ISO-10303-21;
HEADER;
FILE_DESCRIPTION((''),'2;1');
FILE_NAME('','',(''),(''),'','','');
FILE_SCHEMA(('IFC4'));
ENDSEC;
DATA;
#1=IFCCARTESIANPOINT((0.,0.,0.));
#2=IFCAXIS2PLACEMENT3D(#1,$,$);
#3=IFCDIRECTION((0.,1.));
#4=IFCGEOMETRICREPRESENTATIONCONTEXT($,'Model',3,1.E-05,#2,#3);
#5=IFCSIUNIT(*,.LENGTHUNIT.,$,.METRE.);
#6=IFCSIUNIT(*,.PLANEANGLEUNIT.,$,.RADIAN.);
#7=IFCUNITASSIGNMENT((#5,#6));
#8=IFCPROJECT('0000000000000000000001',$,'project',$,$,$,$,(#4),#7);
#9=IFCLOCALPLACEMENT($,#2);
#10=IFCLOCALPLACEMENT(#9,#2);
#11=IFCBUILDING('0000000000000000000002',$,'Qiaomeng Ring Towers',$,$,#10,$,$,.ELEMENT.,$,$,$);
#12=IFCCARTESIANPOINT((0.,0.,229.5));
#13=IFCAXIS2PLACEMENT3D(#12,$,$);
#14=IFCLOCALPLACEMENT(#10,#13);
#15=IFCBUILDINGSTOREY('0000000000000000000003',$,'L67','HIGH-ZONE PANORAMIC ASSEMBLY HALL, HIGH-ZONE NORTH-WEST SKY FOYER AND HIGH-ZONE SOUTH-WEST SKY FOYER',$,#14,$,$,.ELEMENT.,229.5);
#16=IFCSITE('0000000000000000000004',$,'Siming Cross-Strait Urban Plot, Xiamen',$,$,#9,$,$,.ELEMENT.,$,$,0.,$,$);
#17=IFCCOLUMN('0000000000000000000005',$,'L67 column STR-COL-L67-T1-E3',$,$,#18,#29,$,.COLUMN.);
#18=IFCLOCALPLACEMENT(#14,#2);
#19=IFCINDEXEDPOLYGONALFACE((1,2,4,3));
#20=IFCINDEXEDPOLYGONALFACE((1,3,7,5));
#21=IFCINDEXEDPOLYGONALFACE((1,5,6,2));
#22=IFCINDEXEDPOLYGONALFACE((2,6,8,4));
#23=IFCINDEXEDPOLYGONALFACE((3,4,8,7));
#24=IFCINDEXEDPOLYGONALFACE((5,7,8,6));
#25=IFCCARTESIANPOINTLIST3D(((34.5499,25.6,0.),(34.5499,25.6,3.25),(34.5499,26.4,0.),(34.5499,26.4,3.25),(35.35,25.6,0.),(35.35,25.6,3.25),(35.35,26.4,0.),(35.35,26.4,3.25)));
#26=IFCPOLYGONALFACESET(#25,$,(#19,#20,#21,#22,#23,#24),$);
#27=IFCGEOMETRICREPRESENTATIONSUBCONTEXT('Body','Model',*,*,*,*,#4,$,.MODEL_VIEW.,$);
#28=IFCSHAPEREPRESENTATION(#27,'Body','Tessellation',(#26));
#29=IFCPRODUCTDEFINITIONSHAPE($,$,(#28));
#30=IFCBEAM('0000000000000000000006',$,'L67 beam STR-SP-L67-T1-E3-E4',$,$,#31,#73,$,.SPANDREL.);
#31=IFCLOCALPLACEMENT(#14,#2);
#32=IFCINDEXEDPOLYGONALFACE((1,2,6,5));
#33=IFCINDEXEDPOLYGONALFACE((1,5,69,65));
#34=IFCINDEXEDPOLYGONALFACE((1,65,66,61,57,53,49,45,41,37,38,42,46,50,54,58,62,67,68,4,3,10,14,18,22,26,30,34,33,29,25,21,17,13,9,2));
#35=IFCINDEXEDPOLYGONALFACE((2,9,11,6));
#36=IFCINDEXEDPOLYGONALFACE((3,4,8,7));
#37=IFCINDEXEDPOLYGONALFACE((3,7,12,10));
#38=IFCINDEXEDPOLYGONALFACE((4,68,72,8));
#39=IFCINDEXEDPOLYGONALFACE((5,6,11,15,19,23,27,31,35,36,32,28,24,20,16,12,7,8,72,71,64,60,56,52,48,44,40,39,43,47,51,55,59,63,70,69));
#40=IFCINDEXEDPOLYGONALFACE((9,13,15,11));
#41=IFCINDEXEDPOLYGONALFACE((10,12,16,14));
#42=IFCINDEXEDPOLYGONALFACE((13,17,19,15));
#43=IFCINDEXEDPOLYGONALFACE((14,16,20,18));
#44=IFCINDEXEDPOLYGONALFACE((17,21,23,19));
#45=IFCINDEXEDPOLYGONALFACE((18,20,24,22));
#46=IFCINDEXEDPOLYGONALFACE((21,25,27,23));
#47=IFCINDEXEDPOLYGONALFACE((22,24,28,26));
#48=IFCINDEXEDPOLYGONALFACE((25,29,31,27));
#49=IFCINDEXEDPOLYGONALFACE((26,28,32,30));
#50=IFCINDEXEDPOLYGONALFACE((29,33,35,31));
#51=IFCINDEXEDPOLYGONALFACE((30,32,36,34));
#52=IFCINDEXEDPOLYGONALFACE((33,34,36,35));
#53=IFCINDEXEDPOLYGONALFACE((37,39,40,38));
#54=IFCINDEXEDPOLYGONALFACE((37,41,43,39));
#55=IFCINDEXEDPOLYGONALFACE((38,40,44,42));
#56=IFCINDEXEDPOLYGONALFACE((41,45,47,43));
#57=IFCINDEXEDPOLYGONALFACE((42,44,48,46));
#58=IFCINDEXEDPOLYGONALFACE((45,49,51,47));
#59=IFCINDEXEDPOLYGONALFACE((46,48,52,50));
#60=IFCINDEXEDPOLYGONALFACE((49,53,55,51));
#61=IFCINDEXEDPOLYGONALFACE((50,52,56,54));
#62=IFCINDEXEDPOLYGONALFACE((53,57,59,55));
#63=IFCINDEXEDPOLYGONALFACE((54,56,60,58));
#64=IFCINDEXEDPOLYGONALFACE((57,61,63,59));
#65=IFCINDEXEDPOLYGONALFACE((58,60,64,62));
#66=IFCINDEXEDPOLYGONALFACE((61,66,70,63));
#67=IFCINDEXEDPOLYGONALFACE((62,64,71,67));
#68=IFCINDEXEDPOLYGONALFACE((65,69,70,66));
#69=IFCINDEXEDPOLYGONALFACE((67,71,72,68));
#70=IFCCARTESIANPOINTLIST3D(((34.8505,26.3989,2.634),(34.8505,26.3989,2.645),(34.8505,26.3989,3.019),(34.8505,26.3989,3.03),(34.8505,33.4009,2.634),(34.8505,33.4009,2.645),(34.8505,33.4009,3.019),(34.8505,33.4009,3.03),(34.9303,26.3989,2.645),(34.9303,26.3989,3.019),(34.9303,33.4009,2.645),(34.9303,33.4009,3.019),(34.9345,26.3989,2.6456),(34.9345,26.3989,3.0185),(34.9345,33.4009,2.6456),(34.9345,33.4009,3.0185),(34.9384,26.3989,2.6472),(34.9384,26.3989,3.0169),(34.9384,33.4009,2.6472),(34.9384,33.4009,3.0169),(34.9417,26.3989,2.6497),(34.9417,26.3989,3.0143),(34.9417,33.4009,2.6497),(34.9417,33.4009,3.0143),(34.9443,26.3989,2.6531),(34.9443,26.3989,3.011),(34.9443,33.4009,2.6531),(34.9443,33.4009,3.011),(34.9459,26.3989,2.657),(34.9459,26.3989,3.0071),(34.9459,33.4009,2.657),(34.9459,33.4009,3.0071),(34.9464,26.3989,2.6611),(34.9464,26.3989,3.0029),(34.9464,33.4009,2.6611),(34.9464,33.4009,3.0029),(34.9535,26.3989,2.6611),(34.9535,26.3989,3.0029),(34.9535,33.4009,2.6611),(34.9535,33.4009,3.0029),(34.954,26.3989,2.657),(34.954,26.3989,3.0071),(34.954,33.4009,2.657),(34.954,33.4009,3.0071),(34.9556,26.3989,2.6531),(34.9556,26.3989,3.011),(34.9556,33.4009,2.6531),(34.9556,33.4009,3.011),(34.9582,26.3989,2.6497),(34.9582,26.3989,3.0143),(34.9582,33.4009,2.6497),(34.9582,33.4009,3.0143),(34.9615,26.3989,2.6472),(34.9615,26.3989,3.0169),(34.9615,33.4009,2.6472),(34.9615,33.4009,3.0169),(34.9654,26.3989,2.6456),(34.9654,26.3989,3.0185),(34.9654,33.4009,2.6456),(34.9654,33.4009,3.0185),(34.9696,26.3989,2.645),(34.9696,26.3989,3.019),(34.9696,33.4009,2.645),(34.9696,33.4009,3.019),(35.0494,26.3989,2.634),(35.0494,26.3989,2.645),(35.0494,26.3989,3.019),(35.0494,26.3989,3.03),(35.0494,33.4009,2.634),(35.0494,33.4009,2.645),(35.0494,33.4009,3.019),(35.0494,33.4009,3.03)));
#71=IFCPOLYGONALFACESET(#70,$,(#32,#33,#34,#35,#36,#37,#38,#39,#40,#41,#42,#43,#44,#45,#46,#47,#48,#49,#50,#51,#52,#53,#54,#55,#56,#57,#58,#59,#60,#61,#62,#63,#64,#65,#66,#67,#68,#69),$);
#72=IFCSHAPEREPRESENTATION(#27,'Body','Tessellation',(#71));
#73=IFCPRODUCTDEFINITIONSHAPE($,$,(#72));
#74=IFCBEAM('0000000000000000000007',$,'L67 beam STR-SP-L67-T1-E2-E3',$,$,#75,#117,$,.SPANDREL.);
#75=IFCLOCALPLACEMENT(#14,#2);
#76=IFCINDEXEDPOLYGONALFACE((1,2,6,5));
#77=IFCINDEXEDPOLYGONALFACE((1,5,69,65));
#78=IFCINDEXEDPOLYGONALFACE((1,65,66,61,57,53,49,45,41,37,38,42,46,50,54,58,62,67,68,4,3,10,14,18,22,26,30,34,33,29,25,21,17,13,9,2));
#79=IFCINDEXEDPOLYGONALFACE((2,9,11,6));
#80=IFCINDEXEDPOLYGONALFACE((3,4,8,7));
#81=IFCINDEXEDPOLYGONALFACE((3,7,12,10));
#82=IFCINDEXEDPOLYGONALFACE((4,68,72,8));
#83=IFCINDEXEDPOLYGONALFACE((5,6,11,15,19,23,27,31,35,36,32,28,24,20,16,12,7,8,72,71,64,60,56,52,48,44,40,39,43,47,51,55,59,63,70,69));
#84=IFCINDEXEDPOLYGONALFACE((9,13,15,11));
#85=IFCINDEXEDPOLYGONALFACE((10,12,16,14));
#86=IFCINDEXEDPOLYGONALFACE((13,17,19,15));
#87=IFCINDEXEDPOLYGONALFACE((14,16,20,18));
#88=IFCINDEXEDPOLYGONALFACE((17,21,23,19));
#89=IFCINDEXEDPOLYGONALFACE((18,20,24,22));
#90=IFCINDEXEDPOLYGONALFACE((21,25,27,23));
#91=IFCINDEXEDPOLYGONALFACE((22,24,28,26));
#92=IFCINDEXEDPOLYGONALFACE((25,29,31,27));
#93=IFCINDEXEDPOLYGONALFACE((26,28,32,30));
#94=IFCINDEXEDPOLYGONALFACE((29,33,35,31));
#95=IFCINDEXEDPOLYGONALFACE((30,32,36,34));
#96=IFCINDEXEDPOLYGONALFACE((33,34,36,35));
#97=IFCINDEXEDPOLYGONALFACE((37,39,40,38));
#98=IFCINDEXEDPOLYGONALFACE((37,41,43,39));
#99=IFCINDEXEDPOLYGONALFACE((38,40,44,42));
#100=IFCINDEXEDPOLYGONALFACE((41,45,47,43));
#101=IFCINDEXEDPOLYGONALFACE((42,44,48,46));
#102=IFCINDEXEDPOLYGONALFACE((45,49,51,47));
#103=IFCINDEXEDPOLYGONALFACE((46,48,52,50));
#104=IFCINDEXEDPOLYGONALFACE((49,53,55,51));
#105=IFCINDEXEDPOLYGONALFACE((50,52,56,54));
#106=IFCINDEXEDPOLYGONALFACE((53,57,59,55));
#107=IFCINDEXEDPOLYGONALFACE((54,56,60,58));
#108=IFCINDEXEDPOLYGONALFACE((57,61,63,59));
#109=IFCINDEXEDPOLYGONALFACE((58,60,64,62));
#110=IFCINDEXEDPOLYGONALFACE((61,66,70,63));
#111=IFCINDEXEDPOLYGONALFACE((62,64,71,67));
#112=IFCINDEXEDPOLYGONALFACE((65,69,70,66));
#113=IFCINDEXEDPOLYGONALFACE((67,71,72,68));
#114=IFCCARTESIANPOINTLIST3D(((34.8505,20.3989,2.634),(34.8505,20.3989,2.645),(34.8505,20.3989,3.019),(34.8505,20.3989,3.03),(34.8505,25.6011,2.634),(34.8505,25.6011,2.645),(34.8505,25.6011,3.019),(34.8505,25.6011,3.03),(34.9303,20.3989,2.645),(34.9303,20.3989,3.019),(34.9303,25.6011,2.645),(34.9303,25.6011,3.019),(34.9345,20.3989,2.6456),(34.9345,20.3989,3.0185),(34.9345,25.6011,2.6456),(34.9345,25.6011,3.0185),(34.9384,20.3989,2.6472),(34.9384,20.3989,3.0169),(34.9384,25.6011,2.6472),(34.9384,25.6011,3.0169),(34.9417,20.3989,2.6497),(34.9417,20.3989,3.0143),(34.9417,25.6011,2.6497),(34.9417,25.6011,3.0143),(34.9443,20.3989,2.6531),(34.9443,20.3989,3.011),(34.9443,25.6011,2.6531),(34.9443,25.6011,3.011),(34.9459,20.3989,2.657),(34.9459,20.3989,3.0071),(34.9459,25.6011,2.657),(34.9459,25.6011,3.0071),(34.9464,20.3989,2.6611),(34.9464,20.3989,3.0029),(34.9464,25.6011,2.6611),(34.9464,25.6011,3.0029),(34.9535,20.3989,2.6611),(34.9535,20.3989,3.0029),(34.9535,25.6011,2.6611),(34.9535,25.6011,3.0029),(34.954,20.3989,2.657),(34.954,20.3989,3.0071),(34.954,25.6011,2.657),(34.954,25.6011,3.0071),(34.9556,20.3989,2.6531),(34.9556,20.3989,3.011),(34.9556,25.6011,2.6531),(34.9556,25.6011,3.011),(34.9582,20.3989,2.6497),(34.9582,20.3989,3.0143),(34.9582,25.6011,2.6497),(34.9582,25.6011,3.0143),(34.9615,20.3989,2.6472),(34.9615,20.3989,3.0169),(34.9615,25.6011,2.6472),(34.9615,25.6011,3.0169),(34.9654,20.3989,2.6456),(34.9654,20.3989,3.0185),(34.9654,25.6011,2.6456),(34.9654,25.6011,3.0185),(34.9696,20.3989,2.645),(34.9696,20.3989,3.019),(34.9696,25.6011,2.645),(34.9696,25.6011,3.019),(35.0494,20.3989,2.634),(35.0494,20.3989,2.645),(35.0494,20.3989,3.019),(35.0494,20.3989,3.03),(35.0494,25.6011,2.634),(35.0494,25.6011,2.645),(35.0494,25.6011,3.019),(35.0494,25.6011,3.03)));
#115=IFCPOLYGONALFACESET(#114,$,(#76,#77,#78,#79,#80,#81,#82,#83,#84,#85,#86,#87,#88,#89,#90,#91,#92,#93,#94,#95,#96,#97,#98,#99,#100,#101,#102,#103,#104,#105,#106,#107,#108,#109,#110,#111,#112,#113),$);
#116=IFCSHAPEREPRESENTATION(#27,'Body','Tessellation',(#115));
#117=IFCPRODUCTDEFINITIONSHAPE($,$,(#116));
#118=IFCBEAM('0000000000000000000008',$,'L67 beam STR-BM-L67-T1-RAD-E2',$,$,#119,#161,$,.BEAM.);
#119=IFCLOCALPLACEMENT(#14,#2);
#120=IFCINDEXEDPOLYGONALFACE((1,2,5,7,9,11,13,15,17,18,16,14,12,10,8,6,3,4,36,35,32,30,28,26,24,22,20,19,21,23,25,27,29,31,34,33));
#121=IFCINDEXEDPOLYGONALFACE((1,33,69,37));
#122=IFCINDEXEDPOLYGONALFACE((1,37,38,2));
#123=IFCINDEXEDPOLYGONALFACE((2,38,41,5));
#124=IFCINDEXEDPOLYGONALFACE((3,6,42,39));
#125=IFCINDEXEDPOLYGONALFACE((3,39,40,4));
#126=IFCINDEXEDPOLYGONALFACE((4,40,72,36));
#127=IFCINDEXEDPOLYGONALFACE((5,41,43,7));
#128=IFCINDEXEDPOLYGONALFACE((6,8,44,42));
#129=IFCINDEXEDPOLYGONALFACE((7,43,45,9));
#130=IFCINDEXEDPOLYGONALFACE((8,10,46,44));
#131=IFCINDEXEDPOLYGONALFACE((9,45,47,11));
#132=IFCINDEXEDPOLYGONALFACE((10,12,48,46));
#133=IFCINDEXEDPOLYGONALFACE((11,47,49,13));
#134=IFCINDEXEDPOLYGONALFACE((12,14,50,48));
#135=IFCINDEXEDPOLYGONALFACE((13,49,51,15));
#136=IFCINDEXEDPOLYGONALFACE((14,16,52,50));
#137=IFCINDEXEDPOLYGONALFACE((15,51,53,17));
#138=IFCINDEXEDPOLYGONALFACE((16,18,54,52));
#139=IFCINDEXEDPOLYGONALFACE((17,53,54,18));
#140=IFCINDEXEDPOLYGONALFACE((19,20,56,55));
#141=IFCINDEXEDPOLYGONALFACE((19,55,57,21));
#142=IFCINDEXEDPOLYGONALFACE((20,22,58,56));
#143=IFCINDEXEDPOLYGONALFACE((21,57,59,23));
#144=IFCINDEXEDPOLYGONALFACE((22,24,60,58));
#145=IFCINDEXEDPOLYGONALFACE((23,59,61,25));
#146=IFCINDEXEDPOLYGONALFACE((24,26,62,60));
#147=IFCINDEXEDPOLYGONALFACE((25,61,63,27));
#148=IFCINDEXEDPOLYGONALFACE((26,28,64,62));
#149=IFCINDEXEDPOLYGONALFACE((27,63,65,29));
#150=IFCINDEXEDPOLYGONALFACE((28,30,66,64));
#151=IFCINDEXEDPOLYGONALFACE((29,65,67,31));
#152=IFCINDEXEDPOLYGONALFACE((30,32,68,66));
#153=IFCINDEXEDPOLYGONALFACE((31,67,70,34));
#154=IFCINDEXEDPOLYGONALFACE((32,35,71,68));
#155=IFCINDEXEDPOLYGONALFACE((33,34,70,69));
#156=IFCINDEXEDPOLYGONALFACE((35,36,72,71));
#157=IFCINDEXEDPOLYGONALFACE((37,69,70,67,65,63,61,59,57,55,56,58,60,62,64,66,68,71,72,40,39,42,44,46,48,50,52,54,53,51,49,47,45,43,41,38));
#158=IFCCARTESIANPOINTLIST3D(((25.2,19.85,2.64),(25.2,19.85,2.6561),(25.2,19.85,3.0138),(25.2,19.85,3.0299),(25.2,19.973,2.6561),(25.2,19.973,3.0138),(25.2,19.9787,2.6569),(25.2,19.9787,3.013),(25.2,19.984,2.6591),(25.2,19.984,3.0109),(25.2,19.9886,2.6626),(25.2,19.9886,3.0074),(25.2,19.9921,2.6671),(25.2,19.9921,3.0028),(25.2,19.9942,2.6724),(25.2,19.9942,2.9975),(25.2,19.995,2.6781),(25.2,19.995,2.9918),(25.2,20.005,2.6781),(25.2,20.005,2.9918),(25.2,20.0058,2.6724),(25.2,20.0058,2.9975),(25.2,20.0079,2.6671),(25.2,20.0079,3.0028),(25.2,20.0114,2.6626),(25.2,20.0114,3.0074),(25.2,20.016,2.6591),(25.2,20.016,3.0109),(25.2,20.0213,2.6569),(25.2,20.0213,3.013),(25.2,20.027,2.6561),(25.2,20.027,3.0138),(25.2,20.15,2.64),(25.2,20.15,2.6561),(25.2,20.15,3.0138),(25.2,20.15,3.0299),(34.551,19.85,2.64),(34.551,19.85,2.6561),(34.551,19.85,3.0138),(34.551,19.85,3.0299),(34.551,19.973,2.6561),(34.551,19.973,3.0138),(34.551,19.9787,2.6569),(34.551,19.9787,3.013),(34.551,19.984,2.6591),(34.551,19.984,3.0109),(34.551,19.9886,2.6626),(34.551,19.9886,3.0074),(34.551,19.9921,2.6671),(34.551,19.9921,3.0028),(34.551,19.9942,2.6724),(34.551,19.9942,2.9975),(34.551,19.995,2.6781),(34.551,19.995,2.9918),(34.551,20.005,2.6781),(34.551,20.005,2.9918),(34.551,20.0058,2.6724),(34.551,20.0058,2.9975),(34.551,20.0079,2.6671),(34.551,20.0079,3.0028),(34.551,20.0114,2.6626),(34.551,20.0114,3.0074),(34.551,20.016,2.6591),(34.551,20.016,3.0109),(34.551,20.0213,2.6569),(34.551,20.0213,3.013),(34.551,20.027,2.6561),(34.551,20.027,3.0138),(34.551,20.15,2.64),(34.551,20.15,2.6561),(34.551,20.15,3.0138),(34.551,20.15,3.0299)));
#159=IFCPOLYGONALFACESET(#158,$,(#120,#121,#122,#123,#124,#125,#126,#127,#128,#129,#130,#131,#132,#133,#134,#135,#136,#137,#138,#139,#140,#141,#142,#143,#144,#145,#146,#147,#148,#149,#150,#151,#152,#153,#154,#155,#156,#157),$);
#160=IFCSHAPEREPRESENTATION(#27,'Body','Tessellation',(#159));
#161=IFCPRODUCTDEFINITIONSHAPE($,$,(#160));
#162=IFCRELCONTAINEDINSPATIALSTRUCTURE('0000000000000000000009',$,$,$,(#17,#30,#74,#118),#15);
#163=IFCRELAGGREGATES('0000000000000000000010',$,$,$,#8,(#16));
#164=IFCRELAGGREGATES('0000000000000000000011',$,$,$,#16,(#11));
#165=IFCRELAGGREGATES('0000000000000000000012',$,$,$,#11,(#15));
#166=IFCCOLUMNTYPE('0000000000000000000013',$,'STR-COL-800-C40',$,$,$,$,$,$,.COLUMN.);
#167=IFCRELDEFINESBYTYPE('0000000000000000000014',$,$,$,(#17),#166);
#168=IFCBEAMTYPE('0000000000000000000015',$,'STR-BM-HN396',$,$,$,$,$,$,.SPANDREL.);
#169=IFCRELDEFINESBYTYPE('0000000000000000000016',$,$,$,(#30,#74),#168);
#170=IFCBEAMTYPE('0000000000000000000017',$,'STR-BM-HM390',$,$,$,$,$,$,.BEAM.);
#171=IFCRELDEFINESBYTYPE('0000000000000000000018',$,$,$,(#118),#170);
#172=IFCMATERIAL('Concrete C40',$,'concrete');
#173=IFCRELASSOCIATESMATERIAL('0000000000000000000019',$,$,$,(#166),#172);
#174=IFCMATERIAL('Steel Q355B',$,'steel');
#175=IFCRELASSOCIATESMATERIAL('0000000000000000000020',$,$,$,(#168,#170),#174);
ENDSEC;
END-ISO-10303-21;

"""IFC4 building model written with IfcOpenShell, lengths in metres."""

from ifc_helpers import new_model, si_unit, direction, frame, origin, origin_2d, place, context, subcontext, project, spatial, rectangle, i_section, extrude, source, transform, mapped, material, material_profile, profile_set, type_object, element, save


model = new_model("IFC4")

# Units and contexts
model_context = context("Model", 3, precision=1e-05, world=origin(), true_north=direction((0.0, 1.0)))
body_context = subcontext(model_context, "Body", "Model", "MODEL_VIEW")
ifc_project = project(units=[si_unit("LENGTHUNIT", "METRE"), si_unit("PLANEANGLEUNIT", "RADIAN")], contexts=[model_context])

# Site, building, storey
site_placement = place(None, origin())
site = spatial("IfcSite", under=ifc_project, at=site_placement, Name="Siming Cross-Strait Urban Plot, Xiamen", CompositionType="ELEMENT", RefElevation=0.0)
building_placement = place(site_placement, origin())
building = spatial("IfcBuilding", under=site, at=building_placement, Name="Qiaomeng Ring Towers", CompositionType="ELEMENT")
storey_placement = place(building_placement, frame((0.0, 0.0, 229.5)))
storey = spatial("IfcBuildingStorey", under=building, at=storey_placement, Name="L67", Description="HIGH-ZONE PANORAMIC ASSEMBLY HALL, HIGH-ZONE NORTH-WEST SKY FOYER AND HIGH-ZONE SOUTH-WEST SKY FOYER", CompositionType="ELEMENT", Elevation=229.5)

# Column
ifc_material_1 = material(Name="Concrete C40", Category="concrete")
ifc_material_profile_1 = material_profile(ifc_material_1, rectangle(XDim=0.8, YDim=0.8, at=origin_2d()), Name="RC COL 800x800")
ifc_profile_set_1 = profile_set([ifc_material_profile_1], Name="Concrete C40")
column_type = type_object("IfcColumnType", Name="STR-COL-800-C40", PredefinedType="COLUMN", material=ifc_profile_set_1)
shared_shape_1 = source(origin(), body_context, "Body", "SweptSolid", [
    extrude(rectangle(XDim=0.8, YDim=0.8, at=origin_2d()), origin(), (0.0, 0.0, 1.0), 3.25),
])
column_placement = place(storey_placement, frame((34.95, 26.0, 0.0), z_axis=(0.0, 0.0, 1.0), x_axis=(1.0, 0.0, 0.0)))
element("IfcColumn", 1, at=column_placement, inside=storey, type_object=column_type, Name="L67 column STR-COL-L67-T1-E3", PredefinedType="COLUMN", context=body_context, shape_type="MappedRepresentation", body=[
    mapped(shared_shape_1, transform((0.0, 0.0, 0.0), x_axis=(1.0, 0.0, 0.0), y_axis=(0.0, 1.0, 0.0), z_axis=(0.0, 0.0, 1.0), scale=1.0)),
])

# Beams
ifc_material_2 = material(Name="Steel Q355B", Category="steel")
ifc_material_profile_2 = material_profile(ifc_material_2, i_section(OverallWidth=0.199, OverallDepth=0.396, WebThickness=0.0071, FlangeThickness=0.011, FilletRadius=0.0161, at=origin_2d()), Name="HN 396x199x7x11")
ifc_profile_set_2 = profile_set([ifc_material_profile_2], Name="Steel Q355B")
beam_type_1 = type_object("IfcBeamType", Name="STR-BM-HN396", PredefinedType="SPANDREL", material=ifc_profile_set_2)
shared_shape_2 = source(origin(), body_context, "Body", "SweptSolid", [
    extrude(i_section(OverallWidth=0.199, OverallDepth=0.396, WebThickness=0.0071, FlangeThickness=0.011, FilletRadius=0.0161, at=origin_2d()), origin(), (0.0, 0.0, 1.0), 7.002),
])
beam_1_placement = place(storey_placement, frame((34.95, 26.3989, 2.832), z_axis=(0.0, 1.0, 0.0), x_axis=(-1.0, 0.0, 0.0)))
element("IfcBeam", 2, at=beam_1_placement, inside=storey, type_object=beam_type_1, Name="L67 beam STR-SP-L67-T1-E3-E4", PredefinedType="SPANDREL", context=body_context, shape_type="MappedRepresentation", body=[
    mapped(shared_shape_2, transform((0.0, 0.0, 0.0), x_axis=(1.0, 0.0, 0.0), y_axis=(0.0, 1.0, 0.0), z_axis=(0.0, 0.0, 1.0), scale=1.0)),
])
shared_shape_3 = source(origin(), body_context, "Body", "SweptSolid", [
    extrude(i_section(OverallWidth=0.199, OverallDepth=0.396, WebThickness=0.0071, FlangeThickness=0.011, FilletRadius=0.0161, at=origin_2d()), origin(), (0.0, 0.0, 1.0), 5.2021),
])
beam_2_placement = place(storey_placement, frame((34.95, 20.3989, 2.832), z_axis=(0.0, 1.0, 0.0), x_axis=(-1.0, 0.0, 0.0)))
element("IfcBeam", 3, at=beam_2_placement, inside=storey, type_object=beam_type_1, Name="L67 beam STR-SP-L67-T1-E2-E3", PredefinedType="SPANDREL", context=body_context, shape_type="MappedRepresentation", body=[
    mapped(shared_shape_3, transform((0.0, 0.0, 0.0), x_axis=(1.0, 0.0, 0.0), y_axis=(0.0, 1.0, 0.0), z_axis=(0.0, 0.0, 1.0), scale=1.0)),
])
ifc_material_profile_3 = material_profile(ifc_material_2, i_section(OverallWidth=0.3, OverallDepth=0.3899, WebThickness=0.01, FlangeThickness=0.0161, FilletRadius=0.022, at=origin_2d()), Name="HM 390x300x10x16")
ifc_profile_set_3 = profile_set([ifc_material_profile_3], Name="Steel Q355B")
beam_type_2 = type_object("IfcBeamType", Name="STR-BM-HM390", PredefinedType="BEAM", material=ifc_profile_set_3)
shared_shape_4 = source(origin(), body_context, "Body", "SweptSolid", [
    extrude(i_section(OverallWidth=0.3, OverallDepth=0.3899, WebThickness=0.01, FlangeThickness=0.0161, FilletRadius=0.022, at=origin_2d()), origin(), (0.0, 0.0, 1.0), 9.3511),
])
for number, where, z_axis, x_axis, name in (
    (4, (25.2, 20.0, 2.835), (1.0, 0.0, 0.0), (0.0, 1.0, 0.0), "L67 beam STR-BM-L67-T1-RAD-E2"),
):
    element("IfcBeam", number, at=place(storey_placement, frame(where, z_axis=z_axis, x_axis=x_axis)), inside=storey, type_object=beam_type_2, Name=name, PredefinedType="BEAM", context=body_context, shape_type="MappedRepresentation", body=[
        mapped(shared_shape_4, transform((0.0, 0.0, 0.0), x_axis=(1.0, 0.0, 0.0), y_axis=(0.0, 1.0, 0.0), z_axis=(0.0, 0.0, 1.0), scale=1.0)),
    ])

save(model, "model.ifc")
